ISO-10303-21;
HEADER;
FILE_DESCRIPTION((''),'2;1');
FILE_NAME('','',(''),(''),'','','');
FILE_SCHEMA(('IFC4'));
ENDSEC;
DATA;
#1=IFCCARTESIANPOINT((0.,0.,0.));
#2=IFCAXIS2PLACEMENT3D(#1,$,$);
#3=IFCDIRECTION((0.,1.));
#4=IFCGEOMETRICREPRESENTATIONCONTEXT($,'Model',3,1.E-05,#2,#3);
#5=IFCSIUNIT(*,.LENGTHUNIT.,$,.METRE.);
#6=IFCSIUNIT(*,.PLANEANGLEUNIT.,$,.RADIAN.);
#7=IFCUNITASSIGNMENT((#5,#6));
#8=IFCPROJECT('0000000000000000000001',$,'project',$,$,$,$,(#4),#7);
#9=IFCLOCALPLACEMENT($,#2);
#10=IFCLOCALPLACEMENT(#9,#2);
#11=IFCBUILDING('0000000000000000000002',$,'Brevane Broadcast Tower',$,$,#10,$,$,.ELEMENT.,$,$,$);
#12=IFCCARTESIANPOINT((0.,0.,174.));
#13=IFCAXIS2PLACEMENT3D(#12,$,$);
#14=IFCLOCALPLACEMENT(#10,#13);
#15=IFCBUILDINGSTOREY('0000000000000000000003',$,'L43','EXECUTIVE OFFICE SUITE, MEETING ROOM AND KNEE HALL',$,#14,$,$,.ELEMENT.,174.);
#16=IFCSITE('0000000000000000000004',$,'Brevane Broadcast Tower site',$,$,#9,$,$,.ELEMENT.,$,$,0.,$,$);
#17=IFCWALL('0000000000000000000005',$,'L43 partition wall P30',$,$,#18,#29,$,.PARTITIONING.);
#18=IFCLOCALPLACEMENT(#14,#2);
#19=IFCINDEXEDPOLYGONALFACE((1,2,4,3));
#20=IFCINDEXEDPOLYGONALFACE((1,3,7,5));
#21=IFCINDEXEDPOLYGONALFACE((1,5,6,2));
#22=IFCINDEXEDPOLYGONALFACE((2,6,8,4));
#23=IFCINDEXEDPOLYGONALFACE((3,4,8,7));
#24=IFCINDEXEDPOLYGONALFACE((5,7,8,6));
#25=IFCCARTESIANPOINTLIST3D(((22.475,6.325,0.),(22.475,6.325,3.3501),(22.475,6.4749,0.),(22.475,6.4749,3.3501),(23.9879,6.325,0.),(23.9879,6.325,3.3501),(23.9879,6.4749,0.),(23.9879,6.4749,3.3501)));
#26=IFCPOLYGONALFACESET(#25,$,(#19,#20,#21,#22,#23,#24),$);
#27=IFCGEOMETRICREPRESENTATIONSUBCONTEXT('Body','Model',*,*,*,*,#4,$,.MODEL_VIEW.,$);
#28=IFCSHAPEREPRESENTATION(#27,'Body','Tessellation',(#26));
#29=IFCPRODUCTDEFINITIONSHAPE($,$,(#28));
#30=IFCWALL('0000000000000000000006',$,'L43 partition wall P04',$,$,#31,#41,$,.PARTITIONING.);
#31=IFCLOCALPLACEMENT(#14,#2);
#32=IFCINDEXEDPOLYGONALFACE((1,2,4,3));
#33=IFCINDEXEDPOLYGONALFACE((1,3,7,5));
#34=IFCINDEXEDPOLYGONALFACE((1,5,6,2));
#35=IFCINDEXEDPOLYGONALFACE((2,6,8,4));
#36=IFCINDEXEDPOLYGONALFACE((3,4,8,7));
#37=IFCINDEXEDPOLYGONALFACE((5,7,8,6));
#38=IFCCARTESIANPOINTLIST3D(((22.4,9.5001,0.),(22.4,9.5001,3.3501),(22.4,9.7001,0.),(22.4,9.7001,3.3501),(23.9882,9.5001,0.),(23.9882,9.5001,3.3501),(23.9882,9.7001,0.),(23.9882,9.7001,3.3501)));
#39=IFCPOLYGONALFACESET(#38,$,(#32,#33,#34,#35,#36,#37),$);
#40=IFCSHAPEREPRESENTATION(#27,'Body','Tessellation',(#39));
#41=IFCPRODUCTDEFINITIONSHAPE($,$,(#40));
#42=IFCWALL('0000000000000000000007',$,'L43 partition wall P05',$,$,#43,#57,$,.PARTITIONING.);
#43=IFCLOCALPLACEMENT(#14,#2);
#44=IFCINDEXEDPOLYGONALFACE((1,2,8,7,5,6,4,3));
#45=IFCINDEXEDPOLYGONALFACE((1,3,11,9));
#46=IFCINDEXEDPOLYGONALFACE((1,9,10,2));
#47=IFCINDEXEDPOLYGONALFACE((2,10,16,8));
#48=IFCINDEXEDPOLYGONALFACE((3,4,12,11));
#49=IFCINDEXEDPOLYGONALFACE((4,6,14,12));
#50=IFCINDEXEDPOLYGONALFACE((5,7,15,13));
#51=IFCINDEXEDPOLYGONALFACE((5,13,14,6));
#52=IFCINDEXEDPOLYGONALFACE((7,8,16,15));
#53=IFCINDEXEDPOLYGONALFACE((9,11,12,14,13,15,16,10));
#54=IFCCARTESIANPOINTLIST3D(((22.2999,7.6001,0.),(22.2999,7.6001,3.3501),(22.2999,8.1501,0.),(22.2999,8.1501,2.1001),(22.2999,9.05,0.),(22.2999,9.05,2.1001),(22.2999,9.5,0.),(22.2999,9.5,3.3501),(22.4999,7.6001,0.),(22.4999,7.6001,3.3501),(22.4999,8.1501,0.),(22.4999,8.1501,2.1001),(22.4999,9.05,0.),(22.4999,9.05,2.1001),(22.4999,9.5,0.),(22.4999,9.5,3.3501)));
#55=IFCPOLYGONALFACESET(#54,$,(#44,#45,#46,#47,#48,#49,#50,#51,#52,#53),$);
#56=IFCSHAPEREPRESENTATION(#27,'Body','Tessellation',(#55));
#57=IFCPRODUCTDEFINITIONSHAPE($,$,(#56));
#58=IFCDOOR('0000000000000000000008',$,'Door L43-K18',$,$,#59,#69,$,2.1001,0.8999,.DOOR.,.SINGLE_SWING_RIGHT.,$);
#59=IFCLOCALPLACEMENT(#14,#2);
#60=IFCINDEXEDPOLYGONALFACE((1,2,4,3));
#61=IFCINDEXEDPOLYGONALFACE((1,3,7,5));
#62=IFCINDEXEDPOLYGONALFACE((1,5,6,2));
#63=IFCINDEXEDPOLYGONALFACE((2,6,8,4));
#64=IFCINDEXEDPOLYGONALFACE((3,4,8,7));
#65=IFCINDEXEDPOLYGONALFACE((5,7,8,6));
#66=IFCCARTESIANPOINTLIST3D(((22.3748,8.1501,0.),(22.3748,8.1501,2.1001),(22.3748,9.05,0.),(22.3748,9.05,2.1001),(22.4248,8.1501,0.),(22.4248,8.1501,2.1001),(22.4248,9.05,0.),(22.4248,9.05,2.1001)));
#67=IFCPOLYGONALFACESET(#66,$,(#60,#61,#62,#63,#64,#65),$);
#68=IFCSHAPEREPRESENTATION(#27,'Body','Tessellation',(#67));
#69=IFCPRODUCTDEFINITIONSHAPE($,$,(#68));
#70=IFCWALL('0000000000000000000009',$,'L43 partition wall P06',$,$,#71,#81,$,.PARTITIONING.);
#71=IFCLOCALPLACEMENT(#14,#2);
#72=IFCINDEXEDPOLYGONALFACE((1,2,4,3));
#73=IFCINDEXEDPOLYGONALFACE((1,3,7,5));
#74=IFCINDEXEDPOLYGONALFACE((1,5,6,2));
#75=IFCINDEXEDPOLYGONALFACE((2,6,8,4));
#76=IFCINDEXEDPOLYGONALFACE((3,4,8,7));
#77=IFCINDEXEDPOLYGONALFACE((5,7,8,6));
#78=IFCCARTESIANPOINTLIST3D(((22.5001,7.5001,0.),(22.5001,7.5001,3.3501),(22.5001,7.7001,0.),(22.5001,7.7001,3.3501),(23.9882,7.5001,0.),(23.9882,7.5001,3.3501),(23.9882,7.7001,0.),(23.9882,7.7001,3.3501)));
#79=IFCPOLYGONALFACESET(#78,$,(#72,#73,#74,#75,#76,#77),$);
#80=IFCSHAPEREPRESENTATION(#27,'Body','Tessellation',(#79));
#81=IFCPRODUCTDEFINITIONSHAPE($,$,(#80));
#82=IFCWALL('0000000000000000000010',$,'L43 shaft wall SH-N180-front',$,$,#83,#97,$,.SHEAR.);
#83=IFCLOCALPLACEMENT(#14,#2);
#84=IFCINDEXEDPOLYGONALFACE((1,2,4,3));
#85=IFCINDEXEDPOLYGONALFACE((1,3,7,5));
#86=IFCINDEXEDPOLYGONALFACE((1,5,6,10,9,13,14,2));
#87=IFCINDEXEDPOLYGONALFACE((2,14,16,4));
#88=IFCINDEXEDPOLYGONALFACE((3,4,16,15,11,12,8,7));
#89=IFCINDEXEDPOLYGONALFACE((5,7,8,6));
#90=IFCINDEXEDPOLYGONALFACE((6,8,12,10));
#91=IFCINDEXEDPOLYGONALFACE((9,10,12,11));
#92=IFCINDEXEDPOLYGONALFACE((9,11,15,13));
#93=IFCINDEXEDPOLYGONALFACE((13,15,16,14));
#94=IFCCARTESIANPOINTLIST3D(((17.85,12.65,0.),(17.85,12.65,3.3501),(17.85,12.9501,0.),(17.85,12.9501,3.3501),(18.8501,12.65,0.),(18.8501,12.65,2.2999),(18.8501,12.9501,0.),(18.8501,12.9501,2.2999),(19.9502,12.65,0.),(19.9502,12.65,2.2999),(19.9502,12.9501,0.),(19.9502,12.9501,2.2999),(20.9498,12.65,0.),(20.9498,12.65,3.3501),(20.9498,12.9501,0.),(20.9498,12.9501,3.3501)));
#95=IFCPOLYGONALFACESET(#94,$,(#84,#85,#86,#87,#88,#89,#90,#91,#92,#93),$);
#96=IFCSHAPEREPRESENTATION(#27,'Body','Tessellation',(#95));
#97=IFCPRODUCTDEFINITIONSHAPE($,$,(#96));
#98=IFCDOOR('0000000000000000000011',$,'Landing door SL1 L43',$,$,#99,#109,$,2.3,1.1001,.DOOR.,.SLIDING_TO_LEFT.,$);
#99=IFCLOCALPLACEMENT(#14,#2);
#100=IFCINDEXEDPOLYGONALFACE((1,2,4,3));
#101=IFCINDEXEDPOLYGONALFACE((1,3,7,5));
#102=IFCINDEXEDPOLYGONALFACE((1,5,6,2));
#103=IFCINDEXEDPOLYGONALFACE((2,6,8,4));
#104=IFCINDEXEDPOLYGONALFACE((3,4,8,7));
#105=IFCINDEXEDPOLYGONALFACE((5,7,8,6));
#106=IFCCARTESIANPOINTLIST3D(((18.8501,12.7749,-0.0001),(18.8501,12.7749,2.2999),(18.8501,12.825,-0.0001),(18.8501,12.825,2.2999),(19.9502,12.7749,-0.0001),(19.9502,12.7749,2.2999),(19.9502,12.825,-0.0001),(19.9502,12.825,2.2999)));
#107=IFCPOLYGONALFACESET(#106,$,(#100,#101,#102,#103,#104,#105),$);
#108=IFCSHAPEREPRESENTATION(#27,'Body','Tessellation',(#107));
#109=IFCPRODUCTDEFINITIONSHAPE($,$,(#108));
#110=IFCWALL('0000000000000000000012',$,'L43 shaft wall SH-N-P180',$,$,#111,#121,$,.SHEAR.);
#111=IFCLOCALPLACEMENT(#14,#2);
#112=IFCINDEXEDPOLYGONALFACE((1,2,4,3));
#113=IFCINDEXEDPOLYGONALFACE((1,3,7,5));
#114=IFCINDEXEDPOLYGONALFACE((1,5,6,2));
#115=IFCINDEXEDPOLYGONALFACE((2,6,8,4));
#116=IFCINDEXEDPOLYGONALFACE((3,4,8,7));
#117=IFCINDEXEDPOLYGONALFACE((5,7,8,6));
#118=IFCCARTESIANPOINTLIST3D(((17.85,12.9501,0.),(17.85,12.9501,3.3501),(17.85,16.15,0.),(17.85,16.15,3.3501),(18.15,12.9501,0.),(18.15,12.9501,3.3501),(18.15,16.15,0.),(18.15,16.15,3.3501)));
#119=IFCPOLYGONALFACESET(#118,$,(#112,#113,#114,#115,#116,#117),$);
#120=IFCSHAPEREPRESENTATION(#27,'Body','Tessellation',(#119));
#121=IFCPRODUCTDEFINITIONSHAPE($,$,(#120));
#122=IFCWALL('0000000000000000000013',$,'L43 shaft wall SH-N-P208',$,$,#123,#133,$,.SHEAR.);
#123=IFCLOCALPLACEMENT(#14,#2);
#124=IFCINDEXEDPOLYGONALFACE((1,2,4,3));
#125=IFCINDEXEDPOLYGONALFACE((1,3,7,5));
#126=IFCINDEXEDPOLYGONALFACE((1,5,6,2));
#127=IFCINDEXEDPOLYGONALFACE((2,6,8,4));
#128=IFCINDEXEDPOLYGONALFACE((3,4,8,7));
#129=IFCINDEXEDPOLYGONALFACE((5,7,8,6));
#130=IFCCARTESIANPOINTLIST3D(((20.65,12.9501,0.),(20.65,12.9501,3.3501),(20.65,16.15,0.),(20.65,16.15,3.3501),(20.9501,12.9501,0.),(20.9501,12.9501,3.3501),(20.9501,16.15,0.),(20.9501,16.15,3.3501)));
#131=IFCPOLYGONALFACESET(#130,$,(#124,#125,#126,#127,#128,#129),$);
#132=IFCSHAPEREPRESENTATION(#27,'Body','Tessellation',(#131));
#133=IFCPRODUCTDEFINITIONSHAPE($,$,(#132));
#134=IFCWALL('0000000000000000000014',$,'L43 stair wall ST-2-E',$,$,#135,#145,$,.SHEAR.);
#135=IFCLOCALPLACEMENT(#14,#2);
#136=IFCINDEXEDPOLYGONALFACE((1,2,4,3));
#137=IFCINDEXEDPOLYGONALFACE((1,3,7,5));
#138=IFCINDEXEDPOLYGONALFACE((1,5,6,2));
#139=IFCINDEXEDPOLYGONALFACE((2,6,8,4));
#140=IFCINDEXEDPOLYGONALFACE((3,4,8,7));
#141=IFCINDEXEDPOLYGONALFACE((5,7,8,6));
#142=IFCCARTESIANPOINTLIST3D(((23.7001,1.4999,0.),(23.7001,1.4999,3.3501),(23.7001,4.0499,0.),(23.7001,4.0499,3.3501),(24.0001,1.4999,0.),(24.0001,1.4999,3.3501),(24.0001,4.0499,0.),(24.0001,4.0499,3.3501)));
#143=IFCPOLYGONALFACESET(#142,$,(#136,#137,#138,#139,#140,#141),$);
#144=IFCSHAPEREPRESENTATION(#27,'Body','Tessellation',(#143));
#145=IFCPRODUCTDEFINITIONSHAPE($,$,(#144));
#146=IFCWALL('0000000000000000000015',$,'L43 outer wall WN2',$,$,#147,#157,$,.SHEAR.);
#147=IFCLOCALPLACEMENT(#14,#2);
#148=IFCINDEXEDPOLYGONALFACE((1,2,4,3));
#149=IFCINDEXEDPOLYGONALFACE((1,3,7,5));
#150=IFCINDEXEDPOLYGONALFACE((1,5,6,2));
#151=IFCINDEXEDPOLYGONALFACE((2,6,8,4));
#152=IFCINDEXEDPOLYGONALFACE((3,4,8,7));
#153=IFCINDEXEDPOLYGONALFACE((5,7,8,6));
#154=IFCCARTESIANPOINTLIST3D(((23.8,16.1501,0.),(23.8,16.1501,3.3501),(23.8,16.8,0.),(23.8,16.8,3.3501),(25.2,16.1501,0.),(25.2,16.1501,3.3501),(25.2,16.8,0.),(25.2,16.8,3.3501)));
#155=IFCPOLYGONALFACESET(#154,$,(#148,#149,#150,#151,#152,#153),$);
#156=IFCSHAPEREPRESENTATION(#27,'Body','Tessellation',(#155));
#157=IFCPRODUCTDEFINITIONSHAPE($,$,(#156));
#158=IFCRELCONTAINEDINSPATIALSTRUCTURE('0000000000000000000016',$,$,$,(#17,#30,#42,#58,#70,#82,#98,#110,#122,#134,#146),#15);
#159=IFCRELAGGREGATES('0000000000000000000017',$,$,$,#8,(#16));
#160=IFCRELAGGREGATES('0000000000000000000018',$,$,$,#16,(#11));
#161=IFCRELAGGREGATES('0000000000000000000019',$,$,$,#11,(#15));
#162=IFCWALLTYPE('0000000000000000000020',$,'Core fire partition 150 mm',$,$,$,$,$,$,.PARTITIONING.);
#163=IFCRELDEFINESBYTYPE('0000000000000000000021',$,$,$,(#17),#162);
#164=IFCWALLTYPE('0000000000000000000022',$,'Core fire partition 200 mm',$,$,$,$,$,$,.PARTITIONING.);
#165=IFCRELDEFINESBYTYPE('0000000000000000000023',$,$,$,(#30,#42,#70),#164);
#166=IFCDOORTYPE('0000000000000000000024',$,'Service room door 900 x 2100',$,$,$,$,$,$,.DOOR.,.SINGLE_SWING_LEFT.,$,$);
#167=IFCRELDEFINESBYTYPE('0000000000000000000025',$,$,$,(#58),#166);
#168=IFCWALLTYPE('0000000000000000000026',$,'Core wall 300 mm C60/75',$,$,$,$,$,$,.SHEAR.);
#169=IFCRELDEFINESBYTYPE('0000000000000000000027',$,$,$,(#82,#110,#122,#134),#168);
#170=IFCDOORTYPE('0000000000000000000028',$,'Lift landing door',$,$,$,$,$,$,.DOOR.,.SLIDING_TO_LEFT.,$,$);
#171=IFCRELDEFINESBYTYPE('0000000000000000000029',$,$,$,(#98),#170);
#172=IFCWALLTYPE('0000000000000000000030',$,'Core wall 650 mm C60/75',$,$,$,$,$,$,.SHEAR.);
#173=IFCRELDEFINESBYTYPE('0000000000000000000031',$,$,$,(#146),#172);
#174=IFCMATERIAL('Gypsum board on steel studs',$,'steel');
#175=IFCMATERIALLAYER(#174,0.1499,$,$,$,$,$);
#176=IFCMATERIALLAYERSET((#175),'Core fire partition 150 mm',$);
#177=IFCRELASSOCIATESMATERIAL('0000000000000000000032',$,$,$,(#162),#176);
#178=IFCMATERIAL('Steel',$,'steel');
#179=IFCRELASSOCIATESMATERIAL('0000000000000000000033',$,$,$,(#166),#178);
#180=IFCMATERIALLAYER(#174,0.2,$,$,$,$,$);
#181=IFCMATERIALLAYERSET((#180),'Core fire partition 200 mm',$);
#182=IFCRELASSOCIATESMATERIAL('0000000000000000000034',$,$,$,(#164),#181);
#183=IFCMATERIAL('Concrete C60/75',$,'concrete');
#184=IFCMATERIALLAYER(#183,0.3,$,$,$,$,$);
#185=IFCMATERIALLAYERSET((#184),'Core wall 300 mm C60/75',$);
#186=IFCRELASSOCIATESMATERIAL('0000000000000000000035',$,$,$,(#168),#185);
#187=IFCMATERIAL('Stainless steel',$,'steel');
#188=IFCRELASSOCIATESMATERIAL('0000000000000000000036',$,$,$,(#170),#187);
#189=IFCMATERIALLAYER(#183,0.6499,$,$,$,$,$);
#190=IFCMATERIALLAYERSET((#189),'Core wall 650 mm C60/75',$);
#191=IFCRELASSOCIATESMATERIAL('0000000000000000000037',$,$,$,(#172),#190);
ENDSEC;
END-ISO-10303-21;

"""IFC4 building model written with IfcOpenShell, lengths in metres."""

from ifc_helpers import new_model, si_unit, direction, frame, frame_2d, origin, place, context, subcontext, project, spatial, rectangle, extrude, material, layer, layer_set, type_object, element, fill, save


model = new_model("IFC4")

# Units and contexts
model_context = context("Model", 3, precision=1e-05, world=origin(), true_north=direction((0.0, 1.0)))
body_context = subcontext(model_context, "Body", "Model", "MODEL_VIEW")
ifc_project = project(units=[si_unit("LENGTHUNIT", "METRE"), si_unit("PLANEANGLEUNIT", "RADIAN")], contexts=[model_context])

# Site, building, storey
site_placement = place(None, origin())
site = spatial("IfcSite", under=ifc_project, at=site_placement, Name="Brevane Broadcast Tower site", CompositionType="ELEMENT", RefElevation=0.0)
building_placement = place(site_placement, origin())
building = spatial("IfcBuilding", under=site, at=building_placement, Name="Brevane Broadcast Tower", CompositionType="ELEMENT")
storey_placement = place(building_placement, frame((0.0, 0.0, 174.0)))
storey = spatial("IfcBuildingStorey", under=building, at=storey_placement, Name="L43", Description="EXECUTIVE OFFICE SUITE, MEETING ROOM AND KNEE HALL", CompositionType="ELEMENT", Elevation=174.0)

# Shared definitions
ifc_material_1 = material(Name="Gypsum board on steel studs", Category="steel")
ifc_layer_1 = layer(ifc_material_1, 0.1499)
ifc_layer_set_1 = layer_set([ifc_layer_1], Name="Core fire partition 150 mm")
wall_type_1 = type_object("IfcWallType", Name="Core fire partition 150 mm", PredefinedType="PARTITIONING", material=ifc_layer_set_1)

# Shared definitions
ifc_material_2 = material(Name="Steel", Category="steel")
door_type_1 = type_object("IfcDoorType", Name="Service room door 900 x 2100", OperationType="SINGLE_SWING_LEFT", PredefinedType="DOOR", material=ifc_material_2)

# Walls
wall_1_placement = place(storey_placement, frame((22.4751, 6.3999, 0.0), z_axis=(0.0, 0.0, 1.0), x_axis=(1.0, 0.0, 0.0)))
element("IfcWall", 1, at=wall_1_placement, inside=storey, type_object=wall_type_1, Name="L43 partition wall P30", PredefinedType="PARTITIONING", context=body_context, shape_type="SweptSolid", body=[
    extrude(rectangle(XDim=1.5129, YDim=0.1499, at=frame_2d((0.7563, 0.0))), origin(), (0.0, 0.0, 1.0), 3.3501),
])
ifc_layer_2 = layer(ifc_material_1, 0.2)
ifc_layer_set_2 = layer_set([ifc_layer_2], Name="Core fire partition 200 mm")
wall_type_2 = type_object("IfcWallType", Name="Core fire partition 200 mm", PredefinedType="PARTITIONING", material=ifc_layer_set_2)
wall_2_placement = place(storey_placement, frame((23.988, 9.6001, 0.0), z_axis=(0.0, 0.0, 1.0), x_axis=(-1.0, 0.0, 0.0)))
element("IfcWall", 2, at=wall_2_placement, inside=storey, type_object=wall_type_2, Name="L43 partition wall P04", PredefinedType="PARTITIONING", context=body_context, shape_type="SweptSolid", body=[
    extrude(rectangle(XDim=1.5881, YDim=0.2, at=frame_2d((0.7939, 0.0))), origin(), (0.0, 0.0, 1.0), 3.3501),
])

# Wall, opening, door
wall_3_placement = place(storey_placement, frame((22.3999, 9.5, 0.0), z_axis=(0.0, 0.0, 1.0), x_axis=(0.0, -1.0, 0.0)))
wall_3 = element("IfcWall", 3, at=wall_3_placement, inside=storey, type_object=wall_type_2, Name="L43 partition wall P05", PredefinedType="PARTITIONING", context=body_context, shape_type="SweptSolid", body=[
    extrude(rectangle(XDim=1.8999, YDim=0.2, at=frame_2d((0.95, 0.0))), origin(), (0.0, 0.0, 1.0), 3.3501),
])
opening_1_placement = place(wall_3_placement, frame((0.45, 0.0, 0.0)))
opening_1 = element("IfcOpeningElement", 4, at=opening_1_placement, cuts=wall_3, PredefinedType="OPENING", context=body_context, shape_type="SweptSolid", body=[
    extrude(rectangle(XDim=0.8999, YDim=2.1001, at=frame_2d((0.45, 1.05))), frame((0.0, 0.1099, 0.0), z_axis=(0.0, -1.0, 0.0), x_axis=(1.0, 0.0, 0.0)), (0.0, 0.0, 1.0), 0.22),
])
door_1_placement = place(opening_1_placement, origin())
door_1 = element("IfcDoor", 5, at=door_1_placement, inside=storey, type_object=door_type_1, Name="Door L43-K18", OperationType="SINGLE_SWING_RIGHT", OverallHeight=2.1001, OverallWidth=0.8999, PredefinedType="DOOR", context=body_context, shape_type="SweptSolid", body=[
    extrude(rectangle(XDim=0.8999, YDim=2.1001, at=frame_2d((0.45, 1.05))), frame((0.0, 0.0249, 0.0), z_axis=(0.0, -1.0, 0.0), x_axis=(1.0, 0.0, 0.0)), (0.0, 0.0, 1.0), 0.05),
])
fill(opening_1, door_1)

# Wall
wall_4_placement = place(storey_placement, frame((22.5, 7.6001, 0.0), z_axis=(0.0, 0.0, 1.0), x_axis=(1.0, 0.0, 0.0)))
element("IfcWall", 6, at=wall_4_placement, inside=storey, type_object=wall_type_2, Name="L43 partition wall P06", PredefinedType="PARTITIONING", context=body_context, shape_type="SweptSolid", body=[
    extrude(rectangle(XDim=1.488, YDim=0.2, at=frame_2d((0.7441, 0.0))), origin(), (0.0, 0.0, 1.0), 3.3501),
])

# Wall, opening, door
ifc_material_3 = material(Name="Concrete C60/75", Category="concrete")
ifc_layer_3 = layer(ifc_material_3, 0.3)
ifc_layer_set_3 = layer_set([ifc_layer_3], Name="Core wall 300 mm C60/75")
wall_type_3 = type_object("IfcWallType", Name="Core wall 300 mm C60/75", PredefinedType="SHEAR", material=ifc_layer_set_3)
wall_5_placement = place(storey_placement, frame((17.8501, 12.8, 0.0), z_axis=(0.0, 0.0, 1.0), x_axis=(1.0, 0.0, 0.0)))
wall_5 = element("IfcWall", 7, at=wall_5_placement, inside=storey, type_object=wall_type_3, Name="L43 shaft wall SH-N180-front", PredefinedType="SHEAR", context=body_context, shape_type="SweptSolid", body=[
    extrude(rectangle(XDim=3.0999, YDim=0.3, at=frame_2d((1.5498, 0.0))), origin(), (0.0, 0.0, 1.0), 3.3501),
])
opening_2_placement = place(wall_5_placement, frame((1.0, 0.0, 0.0)))
opening_2 = element("IfcOpeningElement", 8, at=opening_2_placement, cuts=wall_5, PredefinedType="OPENING", context=body_context, shape_type="SweptSolid", body=[
    extrude(rectangle(XDim=1.1001, YDim=2.3, at=frame_2d((0.55, 1.1499))), frame((0.0, 0.1599, 0.0), z_axis=(0.0, -1.0, 0.0), x_axis=(1.0, 0.0, 0.0)), (0.0, 0.0, 1.0), 0.3201),
])
ifc_material_4 = material(Name="Stainless steel", Category="steel")
door_type_2 = type_object("IfcDoorType", Name="Lift landing door", OperationType="SLIDING_TO_LEFT", PredefinedType="DOOR", material=ifc_material_4)
door_2_placement = place(opening_2_placement, origin())
door_2 = element("IfcDoor", 9, at=door_2_placement, inside=storey, type_object=door_type_2, Name="Landing door SL1 L43", OperationType="SLIDING_TO_LEFT", OverallHeight=2.3, OverallWidth=1.1001, PredefinedType="DOOR", context=body_context, shape_type="SweptSolid", body=[
    extrude(rectangle(XDim=1.1001, YDim=2.3, at=frame_2d((0.55, 1.1499))), frame((0.0, 0.0249, 0.0), z_axis=(0.0, -1.0, 0.0), x_axis=(1.0, 0.0, 0.0)), (0.0, 0.0, 1.0), 0.05),
])
fill(opening_2, door_2)

# Walls
for number, where, z_axis, x_axis, name in (
    (10, (18.0, 12.95, 0.0), (0.0, 0.0, 1.0), (0.0, 1.0, 0.0), "L43 shaft wall SH-N-P180"),
    (11, (20.8, 12.95, 0.0), (0.0, 0.0, 1.0), (0.0, 1.0, 0.0), "L43 shaft wall SH-N-P208"),
):
    element("IfcWall", number, at=place(storey_placement, frame(where, z_axis=z_axis, x_axis=x_axis)), inside=storey, type_object=wall_type_3, Name=name, PredefinedType="SHEAR", context=body_context, shape_type="SweptSolid", body=[
        extrude(rectangle(XDim=3.2, YDim=0.3, at=frame_2d((1.6001, 0.0))), origin(), (0.0, 0.0, 1.0), 3.3501),
    ])
wall_6_placement = place(storey_placement, frame((23.8501, 1.5, 0.0), z_axis=(0.0, 0.0, 1.0), x_axis=(0.0, 1.0, 0.0)))
element("IfcWall", 12, at=wall_6_placement, inside=storey, type_object=wall_type_3, Name="L43 stair wall ST-2-E", PredefinedType="SHEAR", context=body_context, shape_type="SweptSolid", body=[
    extrude(rectangle(XDim=2.55, YDim=0.3, at=frame_2d((1.2749, 0.0))), origin(), (0.0, 0.0, 1.0), 3.3501),
])
ifc_layer_4 = layer(ifc_material_3, 0.6499)
ifc_layer_set_4 = layer_set([ifc_layer_4], Name="Core wall 650 mm C60/75")
wall_type_4 = type_object("IfcWallType", Name="Core wall 650 mm C60/75", PredefinedType="SHEAR", material=ifc_layer_set_4)
wall_7_placement = place(storey_placement, frame((23.8, 16.4751, 0.0), z_axis=(0.0, 0.0, 1.0), x_axis=(1.0, 0.0, 0.0)))
element("IfcWall", 13, at=wall_7_placement, inside=storey, type_object=wall_type_4, Name="L43 outer wall WN2", PredefinedType="SHEAR", context=body_context, shape_type="SweptSolid", body=[
    extrude(rectangle(XDim=1.3999, YDim=0.6499, at=frame_2d((0.7, 0.0))), origin(), (0.0, 0.0, 1.0), 3.3501),
])

save(model, "model.ifc")
